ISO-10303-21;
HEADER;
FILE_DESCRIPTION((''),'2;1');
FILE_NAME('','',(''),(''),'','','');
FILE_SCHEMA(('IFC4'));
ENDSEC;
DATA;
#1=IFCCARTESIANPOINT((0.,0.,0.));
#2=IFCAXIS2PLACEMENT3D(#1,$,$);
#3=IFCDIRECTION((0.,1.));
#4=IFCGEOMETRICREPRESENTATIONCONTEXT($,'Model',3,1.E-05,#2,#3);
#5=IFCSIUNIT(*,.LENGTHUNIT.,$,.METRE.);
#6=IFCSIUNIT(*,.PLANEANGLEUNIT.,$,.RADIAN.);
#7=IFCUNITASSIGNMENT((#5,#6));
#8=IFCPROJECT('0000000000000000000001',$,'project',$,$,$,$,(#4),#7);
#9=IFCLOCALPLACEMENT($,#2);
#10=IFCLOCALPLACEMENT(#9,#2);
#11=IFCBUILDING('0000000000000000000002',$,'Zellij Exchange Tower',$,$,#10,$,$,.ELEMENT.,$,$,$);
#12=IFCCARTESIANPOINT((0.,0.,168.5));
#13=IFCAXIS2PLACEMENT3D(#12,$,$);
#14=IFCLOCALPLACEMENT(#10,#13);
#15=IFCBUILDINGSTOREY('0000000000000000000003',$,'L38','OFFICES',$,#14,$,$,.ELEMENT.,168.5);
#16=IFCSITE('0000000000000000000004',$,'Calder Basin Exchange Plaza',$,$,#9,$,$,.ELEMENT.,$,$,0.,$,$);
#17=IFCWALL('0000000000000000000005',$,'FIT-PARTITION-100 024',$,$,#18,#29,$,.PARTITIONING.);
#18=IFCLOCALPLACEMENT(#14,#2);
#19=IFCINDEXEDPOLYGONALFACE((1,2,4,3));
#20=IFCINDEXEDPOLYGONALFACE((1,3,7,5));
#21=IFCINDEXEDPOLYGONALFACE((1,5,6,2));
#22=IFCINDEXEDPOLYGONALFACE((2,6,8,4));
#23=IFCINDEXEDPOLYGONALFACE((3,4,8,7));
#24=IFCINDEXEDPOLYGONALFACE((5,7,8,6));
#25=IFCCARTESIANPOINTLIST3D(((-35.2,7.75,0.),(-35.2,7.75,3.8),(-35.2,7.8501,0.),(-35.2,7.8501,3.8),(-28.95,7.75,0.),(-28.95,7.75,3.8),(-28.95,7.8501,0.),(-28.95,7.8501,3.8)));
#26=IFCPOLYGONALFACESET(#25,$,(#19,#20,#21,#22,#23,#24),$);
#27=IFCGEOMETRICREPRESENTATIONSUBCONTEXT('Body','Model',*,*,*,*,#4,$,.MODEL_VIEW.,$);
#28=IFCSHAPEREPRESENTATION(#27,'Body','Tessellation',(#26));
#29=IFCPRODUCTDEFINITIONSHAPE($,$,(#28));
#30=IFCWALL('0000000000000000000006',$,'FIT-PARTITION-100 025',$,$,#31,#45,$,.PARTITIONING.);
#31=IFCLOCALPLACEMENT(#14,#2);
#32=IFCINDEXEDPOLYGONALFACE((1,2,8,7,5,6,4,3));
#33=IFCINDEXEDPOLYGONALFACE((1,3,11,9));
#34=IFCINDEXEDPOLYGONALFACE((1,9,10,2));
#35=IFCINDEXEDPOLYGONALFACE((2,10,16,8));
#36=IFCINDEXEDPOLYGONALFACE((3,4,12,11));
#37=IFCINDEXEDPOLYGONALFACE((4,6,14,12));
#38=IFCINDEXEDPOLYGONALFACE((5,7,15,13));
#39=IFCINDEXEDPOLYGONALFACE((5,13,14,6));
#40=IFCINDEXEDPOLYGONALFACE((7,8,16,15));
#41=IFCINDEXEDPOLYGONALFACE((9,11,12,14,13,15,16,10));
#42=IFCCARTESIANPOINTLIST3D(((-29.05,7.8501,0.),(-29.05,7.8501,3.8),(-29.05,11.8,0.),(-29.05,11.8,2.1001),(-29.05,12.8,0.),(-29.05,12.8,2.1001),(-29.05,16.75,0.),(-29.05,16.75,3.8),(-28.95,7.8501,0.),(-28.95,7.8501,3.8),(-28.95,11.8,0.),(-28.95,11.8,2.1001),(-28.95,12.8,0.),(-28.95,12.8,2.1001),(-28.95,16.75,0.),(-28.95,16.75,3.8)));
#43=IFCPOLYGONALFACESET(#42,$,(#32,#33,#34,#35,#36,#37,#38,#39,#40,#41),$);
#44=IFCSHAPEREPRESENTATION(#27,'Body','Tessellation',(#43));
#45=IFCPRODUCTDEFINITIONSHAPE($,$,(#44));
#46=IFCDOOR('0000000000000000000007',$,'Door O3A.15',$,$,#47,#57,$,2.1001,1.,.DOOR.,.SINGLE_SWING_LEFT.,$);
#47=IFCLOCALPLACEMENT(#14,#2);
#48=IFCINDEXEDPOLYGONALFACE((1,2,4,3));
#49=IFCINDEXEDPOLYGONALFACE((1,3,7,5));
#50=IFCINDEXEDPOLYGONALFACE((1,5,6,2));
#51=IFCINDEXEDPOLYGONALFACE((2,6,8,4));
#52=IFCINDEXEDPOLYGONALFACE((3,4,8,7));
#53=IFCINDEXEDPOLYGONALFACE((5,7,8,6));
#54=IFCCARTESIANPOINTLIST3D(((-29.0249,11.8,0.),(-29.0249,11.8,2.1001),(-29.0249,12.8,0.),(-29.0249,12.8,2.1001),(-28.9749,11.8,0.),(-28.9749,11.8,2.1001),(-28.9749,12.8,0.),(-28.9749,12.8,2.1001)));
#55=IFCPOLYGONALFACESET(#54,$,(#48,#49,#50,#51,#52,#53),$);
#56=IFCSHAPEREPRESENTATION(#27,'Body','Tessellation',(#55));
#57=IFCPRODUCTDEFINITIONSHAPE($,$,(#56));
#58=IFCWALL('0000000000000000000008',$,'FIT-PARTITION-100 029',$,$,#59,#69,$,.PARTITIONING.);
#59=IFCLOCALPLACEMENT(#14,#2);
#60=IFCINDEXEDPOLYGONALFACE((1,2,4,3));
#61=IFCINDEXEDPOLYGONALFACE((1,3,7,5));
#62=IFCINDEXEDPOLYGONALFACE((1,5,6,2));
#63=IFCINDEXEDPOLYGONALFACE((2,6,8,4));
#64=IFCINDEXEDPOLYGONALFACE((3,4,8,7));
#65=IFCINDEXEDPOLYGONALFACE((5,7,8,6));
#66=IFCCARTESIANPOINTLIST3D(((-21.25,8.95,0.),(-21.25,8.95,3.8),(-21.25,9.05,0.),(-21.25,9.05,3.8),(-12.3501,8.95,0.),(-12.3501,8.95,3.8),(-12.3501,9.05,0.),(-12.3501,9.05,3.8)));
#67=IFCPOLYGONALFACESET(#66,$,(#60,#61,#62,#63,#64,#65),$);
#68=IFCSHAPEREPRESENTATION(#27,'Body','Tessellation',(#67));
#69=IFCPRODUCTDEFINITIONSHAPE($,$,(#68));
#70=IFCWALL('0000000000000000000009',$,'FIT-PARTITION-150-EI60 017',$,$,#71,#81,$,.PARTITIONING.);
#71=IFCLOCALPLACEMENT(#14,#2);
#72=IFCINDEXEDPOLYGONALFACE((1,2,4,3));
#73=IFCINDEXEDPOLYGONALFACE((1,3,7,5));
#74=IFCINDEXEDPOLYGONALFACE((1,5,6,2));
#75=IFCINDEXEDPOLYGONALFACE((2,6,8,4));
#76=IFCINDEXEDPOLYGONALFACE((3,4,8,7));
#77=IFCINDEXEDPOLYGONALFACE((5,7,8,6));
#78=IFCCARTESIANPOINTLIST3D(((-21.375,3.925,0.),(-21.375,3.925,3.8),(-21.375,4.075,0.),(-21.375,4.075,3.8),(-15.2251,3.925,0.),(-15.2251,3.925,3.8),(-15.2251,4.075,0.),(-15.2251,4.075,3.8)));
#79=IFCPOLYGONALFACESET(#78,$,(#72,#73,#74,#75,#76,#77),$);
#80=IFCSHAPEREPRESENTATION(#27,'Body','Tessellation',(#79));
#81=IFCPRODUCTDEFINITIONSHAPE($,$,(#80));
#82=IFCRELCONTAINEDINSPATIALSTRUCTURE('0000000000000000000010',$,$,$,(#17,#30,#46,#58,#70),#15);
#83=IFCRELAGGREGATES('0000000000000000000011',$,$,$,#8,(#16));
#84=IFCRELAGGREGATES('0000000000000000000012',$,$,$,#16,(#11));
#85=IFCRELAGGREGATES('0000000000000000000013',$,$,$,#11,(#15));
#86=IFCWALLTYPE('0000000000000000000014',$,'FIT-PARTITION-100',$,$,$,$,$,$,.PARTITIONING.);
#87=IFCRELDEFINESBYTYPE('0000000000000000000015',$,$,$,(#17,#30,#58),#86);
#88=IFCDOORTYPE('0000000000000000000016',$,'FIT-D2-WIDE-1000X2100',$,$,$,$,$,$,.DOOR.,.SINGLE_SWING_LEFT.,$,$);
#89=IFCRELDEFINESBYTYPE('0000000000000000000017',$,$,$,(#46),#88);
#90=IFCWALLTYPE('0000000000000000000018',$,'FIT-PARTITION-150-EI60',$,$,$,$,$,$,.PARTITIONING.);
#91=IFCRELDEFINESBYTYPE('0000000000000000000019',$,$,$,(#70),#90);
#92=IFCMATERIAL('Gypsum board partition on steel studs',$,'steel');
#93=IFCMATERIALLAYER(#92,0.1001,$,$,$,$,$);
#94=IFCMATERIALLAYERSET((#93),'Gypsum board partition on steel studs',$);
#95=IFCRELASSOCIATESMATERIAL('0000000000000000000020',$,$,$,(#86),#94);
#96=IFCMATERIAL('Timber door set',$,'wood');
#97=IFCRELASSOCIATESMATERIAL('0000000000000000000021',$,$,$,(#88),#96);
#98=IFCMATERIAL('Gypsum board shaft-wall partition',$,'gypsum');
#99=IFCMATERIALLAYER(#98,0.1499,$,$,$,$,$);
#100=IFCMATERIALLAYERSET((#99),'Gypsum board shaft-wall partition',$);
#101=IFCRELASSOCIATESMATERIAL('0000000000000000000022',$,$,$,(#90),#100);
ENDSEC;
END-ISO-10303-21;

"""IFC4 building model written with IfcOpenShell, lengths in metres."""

from ifc_helpers import new_model, si_unit, direction, frame, frame_2d, origin, place, context, subcontext, project, spatial, rectangle, extrude, material, layer, layer_set, type_object, element, fill, save


model = new_model("IFC4")

# Units and contexts
model_context = context("Model", 3, precision=1e-05, world=origin(), true_north=direction((0.0, 1.0)))
body_context = subcontext(model_context, "Body", "Model", "MODEL_VIEW")
ifc_project = project(units=[si_unit("LENGTHUNIT", "METRE"), si_unit("PLANEANGLEUNIT", "RADIAN")], contexts=[model_context])

# Site, building, storey
site_placement = place(None, origin())
site = spatial("IfcSite", under=ifc_project, at=site_placement, Name="Calder Basin Exchange Plaza", CompositionType="ELEMENT", RefElevation=0.0)
building_placement = place(site_placement, origin())
building = spatial("IfcBuilding", under=site, at=building_placement, Name="Zellij Exchange Tower", CompositionType="ELEMENT")
storey_placement = place(building_placement, frame((0.0, 0.0, 168.5)))
storey = spatial("IfcBuildingStorey", under=building, at=storey_placement, Name="L38", Description="OFFICES", CompositionType="ELEMENT", Elevation=168.5)

# Shared definitions
ifc_material_1 = material(Name="Gypsum board partition on steel studs", Category="steel")
ifc_layer_1 = layer(ifc_material_1, 0.1001)
ifc_layer_set_1 = layer_set([ifc_layer_1], Name="Gypsum board partition on steel studs")
wall_type_1 = type_object("IfcWallType", Name="FIT-PARTITION-100", PredefinedType="PARTITIONING", material=ifc_layer_set_1)
ifc_material_2 = material(Name="Timber door set", Category="wood")
door_type = type_object("IfcDoorType", Name="FIT-D2-WIDE-1000X2100", OperationType="SINGLE_SWING_LEFT", PredefinedType="DOOR", material=ifc_material_2)

# Wall
wall_1_placement = place(storey_placement, frame((-35.2, 7.8, 0.0), z_axis=(0.0, 0.0, 1.0), x_axis=(1.0, 0.0, 0.0)))
element("IfcWall", 1, at=wall_1_placement, inside=storey, type_object=wall_type_1, Name="FIT-PARTITION-100 024", PredefinedType="PARTITIONING", context=body_context, shape_type="SweptSolid", body=[
    extrude(rectangle(XDim=6.25, YDim=0.1001, at=frame_2d((3.125, 0.0))), origin(), (0.0, 0.0, 1.0), 3.8),
])

# Wall, opening, door
wall_2_placement = place(storey_placement, frame((-29.0, 7.8501, 0.0), z_axis=(0.0, 0.0, 1.0), x_axis=(0.0, 1.0, 0.0)))
wall_2 = element("IfcWall", 2, at=wall_2_placement, inside=storey, type_object=wall_type_1, Name="FIT-PARTITION-100 025", PredefinedType="PARTITIONING", context=body_context, shape_type="SweptSolid", body=[
    extrude(rectangle(XDim=8.8999, YDim=0.1001, at=frame_2d((4.45, 0.0))), origin(), (0.0, 0.0, 1.0), 3.8),
])
opening_1_placement = place(wall_2_placement, frame((3.95, 0.0, 0.0)))
opening_1 = element("IfcOpeningElement", 3, at=opening_1_placement, cuts=wall_2, PredefinedType="OPENING", context=body_context, shape_type="SweptSolid", body=[
    extrude(rectangle(XDim=1.0, YDim=2.1001, at=frame_2d((0.5, 1.05))), frame((0.0, 0.062, 0.0), z_axis=(0.0, -1.0, 0.0), x_axis=(1.0, 0.0, 0.0)), (0.0, 0.0, 1.0), 0.124),
])
door_1_placement = place(opening_1_placement, origin())
door_1 = element("IfcDoor", 4, at=door_1_placement, inside=storey, type_object=door_type, Name="Door O3A.15", OperationType="SINGLE_SWING_LEFT", OverallHeight=2.1001, OverallWidth=1.0, PredefinedType="DOOR", context=body_context, shape_type="SweptSolid", body=[
    extrude(rectangle(XDim=1.0, YDim=2.1001, at=frame_2d((0.5, 1.05))), frame((0.0, 0.0249, 0.0), z_axis=(0.0, -1.0, 0.0), x_axis=(1.0, 0.0, 0.0)), (0.0, 0.0, 1.0), 0.05),
])
fill(opening_1, door_1)

# Walls
wall_3_placement = place(storey_placement, frame((-21.25, 9.0, 0.0), z_axis=(0.0, 0.0, 1.0), x_axis=(1.0, 0.0, 0.0)))
element("IfcWall", 5, at=wall_3_placement, inside=storey, type_object=wall_type_1, Name="FIT-PARTITION-100 029", PredefinedType="PARTITIONING", context=body_context, shape_type="SweptSolid", body=[
    extrude(rectangle(XDim=8.8999, YDim=0.1001, at=frame_2d((4.45, 0.0))), origin(), (0.0, 0.0, 1.0), 3.8),
])
ifc_material_3 = material(Name="Gypsum board shaft-wall partition", Category="gypsum")
ifc_layer_2 = layer(ifc_material_3, 0.1499)
ifc_layer_set_2 = layer_set([ifc_layer_2], Name="Gypsum board shaft-wall partition")
wall_type_2 = type_object("IfcWallType", Name="FIT-PARTITION-150-EI60", PredefinedType="PARTITIONING", material=ifc_layer_set_2)
wall_4_placement = place(storey_placement, frame((-21.375, 4.0, 0.0), z_axis=(0.0, 0.0, 1.0), x_axis=(1.0, 0.0, 0.0)))
element("IfcWall", 6, at=wall_4_placement, inside=storey, type_object=wall_type_2, Name="FIT-PARTITION-150-EI60 017", PredefinedType="PARTITIONING", context=body_context, shape_type="SweptSolid", body=[
    extrude(rectangle(XDim=6.1499, YDim=0.1499, at=frame_2d((3.075, 0.0))), origin(), (0.0, 0.0, 1.0), 3.8),
])

save(model, "model.ifc")
